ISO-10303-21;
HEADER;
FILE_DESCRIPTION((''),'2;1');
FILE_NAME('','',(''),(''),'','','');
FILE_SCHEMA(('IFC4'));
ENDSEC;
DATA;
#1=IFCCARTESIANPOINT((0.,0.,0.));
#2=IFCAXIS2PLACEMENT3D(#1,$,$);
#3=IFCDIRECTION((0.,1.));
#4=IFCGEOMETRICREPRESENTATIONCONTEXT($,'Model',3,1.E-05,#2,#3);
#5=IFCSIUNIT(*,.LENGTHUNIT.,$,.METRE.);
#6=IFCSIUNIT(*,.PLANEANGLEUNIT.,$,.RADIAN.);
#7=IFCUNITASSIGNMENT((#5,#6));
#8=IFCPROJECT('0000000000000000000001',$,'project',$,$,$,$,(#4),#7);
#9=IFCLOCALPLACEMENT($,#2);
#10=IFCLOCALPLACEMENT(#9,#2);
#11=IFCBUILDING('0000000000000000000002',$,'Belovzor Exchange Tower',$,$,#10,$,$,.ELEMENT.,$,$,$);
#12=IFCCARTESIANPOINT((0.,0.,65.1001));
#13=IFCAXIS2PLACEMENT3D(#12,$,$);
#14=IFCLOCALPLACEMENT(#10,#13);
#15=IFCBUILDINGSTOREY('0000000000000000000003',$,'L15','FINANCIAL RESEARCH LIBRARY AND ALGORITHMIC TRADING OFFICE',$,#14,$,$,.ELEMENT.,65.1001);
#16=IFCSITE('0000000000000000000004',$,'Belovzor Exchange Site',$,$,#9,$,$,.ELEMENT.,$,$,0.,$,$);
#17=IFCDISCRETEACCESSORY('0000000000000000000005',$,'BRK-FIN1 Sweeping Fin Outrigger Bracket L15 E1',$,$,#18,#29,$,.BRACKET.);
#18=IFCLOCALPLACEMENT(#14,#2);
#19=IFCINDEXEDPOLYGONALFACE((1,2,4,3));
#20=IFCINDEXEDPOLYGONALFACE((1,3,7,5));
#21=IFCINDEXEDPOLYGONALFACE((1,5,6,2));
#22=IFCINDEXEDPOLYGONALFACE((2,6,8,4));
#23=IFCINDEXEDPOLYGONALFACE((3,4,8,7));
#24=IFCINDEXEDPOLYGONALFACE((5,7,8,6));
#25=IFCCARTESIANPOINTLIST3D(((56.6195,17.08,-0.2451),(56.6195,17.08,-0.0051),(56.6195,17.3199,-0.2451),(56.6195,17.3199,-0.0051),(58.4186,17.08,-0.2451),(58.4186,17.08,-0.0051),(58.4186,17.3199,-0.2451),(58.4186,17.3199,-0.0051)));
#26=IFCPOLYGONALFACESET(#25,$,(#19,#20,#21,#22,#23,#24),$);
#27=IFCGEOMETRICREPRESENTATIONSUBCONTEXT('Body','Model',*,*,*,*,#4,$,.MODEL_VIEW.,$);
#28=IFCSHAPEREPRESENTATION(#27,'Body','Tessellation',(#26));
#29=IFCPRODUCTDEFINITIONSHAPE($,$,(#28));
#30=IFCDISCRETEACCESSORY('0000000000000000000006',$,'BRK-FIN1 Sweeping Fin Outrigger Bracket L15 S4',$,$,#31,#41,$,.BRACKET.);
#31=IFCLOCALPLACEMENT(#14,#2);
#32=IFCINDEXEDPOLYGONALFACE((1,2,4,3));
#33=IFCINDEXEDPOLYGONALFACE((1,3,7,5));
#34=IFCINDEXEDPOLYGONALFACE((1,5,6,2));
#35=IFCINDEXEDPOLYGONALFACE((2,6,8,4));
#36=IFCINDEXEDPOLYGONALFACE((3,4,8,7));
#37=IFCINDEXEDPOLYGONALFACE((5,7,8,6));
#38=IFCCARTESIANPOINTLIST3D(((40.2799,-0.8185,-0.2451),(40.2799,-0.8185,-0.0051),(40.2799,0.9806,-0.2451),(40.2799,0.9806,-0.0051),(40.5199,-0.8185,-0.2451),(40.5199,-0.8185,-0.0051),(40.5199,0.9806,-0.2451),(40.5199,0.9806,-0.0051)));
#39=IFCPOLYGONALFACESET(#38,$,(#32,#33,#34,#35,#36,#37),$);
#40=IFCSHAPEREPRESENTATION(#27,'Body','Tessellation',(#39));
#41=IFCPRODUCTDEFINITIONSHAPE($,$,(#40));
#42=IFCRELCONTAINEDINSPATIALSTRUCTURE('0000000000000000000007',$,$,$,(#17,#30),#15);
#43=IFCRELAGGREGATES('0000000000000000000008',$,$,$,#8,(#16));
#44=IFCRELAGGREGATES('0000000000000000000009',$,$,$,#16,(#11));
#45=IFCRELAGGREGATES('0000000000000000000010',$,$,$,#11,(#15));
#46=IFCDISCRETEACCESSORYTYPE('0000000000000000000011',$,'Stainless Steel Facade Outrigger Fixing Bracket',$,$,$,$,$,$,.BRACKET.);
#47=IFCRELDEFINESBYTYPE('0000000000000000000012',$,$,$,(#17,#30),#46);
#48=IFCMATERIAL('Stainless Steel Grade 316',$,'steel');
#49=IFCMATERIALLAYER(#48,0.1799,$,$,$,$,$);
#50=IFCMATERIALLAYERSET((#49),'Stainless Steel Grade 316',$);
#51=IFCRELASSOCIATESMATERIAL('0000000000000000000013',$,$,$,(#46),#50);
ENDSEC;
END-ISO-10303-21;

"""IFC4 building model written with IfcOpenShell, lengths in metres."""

from ifc_helpers import new_model, si_unit, direction, frame, origin, origin_2d, place, context, subcontext, project, spatial, rectangle, extrude, material, layer, layer_set, type_object, element, save


model = new_model("IFC4")

# Units and contexts
model_context = context("Model", 3, precision=1e-05, world=origin(), true_north=direction((0.0, 1.0)))
body_context = subcontext(model_context, "Body", "Model", "MODEL_VIEW")
ifc_project = project(units=[si_unit("LENGTHUNIT", "METRE"), si_unit("PLANEANGLEUNIT", "RADIAN")], contexts=[model_context])

# Site, building, storey
site_placement = place(None, origin())
site = spatial("IfcSite", under=ifc_project, at=site_placement, Name="Belovzor Exchange Site", CompositionType="ELEMENT", RefElevation=0.0)
building_placement = place(site_placement, origin())
building = spatial("IfcBuilding", under=site, at=building_placement, Name="Belovzor Exchange Tower", CompositionType="ELEMENT")
storey_placement = place(building_placement, frame((0.0, 0.0, 65.1001)))
storey = spatial("IfcBuildingStorey", under=building, at=storey_placement, Name="L15", Description="FINANCIAL RESEARCH LIBRARY AND ALGORITHMIC TRADING OFFICE", CompositionType="ELEMENT", Elevation=65.1001)

# Discrete accessories
ifc_material_1 = material(Name="Stainless Steel Grade 316", Category="steel")
ifc_layer_1 = layer(ifc_material_1, 0.1799)
ifc_layer_set_1 = layer_set([ifc_layer_1], Name="Stainless Steel Grade 316")
discrete_accessory_type = type_object("IfcDiscreteAccessoryType", Name="Stainless Steel Facade Outrigger Fixing Bracket", PredefinedType="BRACKET", material=ifc_layer_set_1)
for number, where, z_axis, x_axis, name in (
    (1, (57.519, 17.2, -0.2451), (0.0, 0.0, 1.0), (1.0, 0.0, 0.0), "BRK-FIN1 Sweeping Fin Outrigger Bracket L15 E1"),
    (2, (40.3999, 0.0811, -0.2451), (0.0, 0.0, 1.0), (0.0, 1.0, 0.0), "BRK-FIN1 Sweeping Fin Outrigger Bracket L15 S4"),
):
    element("IfcDiscreteAccessory", number, at=place(storey_placement, frame(where, z_axis=z_axis, x_axis=x_axis)), inside=storey, type_object=discrete_accessory_type, Name=name, PredefinedType="BRACKET", context=body_context, shape_type="SweptSolid", body=[
        extrude(rectangle(XDim=1.7991, YDim=0.24, at=origin_2d()), origin(), (0.0, 0.0, 1.0), 0.24),
    ])

save(model, "model.ifc")
